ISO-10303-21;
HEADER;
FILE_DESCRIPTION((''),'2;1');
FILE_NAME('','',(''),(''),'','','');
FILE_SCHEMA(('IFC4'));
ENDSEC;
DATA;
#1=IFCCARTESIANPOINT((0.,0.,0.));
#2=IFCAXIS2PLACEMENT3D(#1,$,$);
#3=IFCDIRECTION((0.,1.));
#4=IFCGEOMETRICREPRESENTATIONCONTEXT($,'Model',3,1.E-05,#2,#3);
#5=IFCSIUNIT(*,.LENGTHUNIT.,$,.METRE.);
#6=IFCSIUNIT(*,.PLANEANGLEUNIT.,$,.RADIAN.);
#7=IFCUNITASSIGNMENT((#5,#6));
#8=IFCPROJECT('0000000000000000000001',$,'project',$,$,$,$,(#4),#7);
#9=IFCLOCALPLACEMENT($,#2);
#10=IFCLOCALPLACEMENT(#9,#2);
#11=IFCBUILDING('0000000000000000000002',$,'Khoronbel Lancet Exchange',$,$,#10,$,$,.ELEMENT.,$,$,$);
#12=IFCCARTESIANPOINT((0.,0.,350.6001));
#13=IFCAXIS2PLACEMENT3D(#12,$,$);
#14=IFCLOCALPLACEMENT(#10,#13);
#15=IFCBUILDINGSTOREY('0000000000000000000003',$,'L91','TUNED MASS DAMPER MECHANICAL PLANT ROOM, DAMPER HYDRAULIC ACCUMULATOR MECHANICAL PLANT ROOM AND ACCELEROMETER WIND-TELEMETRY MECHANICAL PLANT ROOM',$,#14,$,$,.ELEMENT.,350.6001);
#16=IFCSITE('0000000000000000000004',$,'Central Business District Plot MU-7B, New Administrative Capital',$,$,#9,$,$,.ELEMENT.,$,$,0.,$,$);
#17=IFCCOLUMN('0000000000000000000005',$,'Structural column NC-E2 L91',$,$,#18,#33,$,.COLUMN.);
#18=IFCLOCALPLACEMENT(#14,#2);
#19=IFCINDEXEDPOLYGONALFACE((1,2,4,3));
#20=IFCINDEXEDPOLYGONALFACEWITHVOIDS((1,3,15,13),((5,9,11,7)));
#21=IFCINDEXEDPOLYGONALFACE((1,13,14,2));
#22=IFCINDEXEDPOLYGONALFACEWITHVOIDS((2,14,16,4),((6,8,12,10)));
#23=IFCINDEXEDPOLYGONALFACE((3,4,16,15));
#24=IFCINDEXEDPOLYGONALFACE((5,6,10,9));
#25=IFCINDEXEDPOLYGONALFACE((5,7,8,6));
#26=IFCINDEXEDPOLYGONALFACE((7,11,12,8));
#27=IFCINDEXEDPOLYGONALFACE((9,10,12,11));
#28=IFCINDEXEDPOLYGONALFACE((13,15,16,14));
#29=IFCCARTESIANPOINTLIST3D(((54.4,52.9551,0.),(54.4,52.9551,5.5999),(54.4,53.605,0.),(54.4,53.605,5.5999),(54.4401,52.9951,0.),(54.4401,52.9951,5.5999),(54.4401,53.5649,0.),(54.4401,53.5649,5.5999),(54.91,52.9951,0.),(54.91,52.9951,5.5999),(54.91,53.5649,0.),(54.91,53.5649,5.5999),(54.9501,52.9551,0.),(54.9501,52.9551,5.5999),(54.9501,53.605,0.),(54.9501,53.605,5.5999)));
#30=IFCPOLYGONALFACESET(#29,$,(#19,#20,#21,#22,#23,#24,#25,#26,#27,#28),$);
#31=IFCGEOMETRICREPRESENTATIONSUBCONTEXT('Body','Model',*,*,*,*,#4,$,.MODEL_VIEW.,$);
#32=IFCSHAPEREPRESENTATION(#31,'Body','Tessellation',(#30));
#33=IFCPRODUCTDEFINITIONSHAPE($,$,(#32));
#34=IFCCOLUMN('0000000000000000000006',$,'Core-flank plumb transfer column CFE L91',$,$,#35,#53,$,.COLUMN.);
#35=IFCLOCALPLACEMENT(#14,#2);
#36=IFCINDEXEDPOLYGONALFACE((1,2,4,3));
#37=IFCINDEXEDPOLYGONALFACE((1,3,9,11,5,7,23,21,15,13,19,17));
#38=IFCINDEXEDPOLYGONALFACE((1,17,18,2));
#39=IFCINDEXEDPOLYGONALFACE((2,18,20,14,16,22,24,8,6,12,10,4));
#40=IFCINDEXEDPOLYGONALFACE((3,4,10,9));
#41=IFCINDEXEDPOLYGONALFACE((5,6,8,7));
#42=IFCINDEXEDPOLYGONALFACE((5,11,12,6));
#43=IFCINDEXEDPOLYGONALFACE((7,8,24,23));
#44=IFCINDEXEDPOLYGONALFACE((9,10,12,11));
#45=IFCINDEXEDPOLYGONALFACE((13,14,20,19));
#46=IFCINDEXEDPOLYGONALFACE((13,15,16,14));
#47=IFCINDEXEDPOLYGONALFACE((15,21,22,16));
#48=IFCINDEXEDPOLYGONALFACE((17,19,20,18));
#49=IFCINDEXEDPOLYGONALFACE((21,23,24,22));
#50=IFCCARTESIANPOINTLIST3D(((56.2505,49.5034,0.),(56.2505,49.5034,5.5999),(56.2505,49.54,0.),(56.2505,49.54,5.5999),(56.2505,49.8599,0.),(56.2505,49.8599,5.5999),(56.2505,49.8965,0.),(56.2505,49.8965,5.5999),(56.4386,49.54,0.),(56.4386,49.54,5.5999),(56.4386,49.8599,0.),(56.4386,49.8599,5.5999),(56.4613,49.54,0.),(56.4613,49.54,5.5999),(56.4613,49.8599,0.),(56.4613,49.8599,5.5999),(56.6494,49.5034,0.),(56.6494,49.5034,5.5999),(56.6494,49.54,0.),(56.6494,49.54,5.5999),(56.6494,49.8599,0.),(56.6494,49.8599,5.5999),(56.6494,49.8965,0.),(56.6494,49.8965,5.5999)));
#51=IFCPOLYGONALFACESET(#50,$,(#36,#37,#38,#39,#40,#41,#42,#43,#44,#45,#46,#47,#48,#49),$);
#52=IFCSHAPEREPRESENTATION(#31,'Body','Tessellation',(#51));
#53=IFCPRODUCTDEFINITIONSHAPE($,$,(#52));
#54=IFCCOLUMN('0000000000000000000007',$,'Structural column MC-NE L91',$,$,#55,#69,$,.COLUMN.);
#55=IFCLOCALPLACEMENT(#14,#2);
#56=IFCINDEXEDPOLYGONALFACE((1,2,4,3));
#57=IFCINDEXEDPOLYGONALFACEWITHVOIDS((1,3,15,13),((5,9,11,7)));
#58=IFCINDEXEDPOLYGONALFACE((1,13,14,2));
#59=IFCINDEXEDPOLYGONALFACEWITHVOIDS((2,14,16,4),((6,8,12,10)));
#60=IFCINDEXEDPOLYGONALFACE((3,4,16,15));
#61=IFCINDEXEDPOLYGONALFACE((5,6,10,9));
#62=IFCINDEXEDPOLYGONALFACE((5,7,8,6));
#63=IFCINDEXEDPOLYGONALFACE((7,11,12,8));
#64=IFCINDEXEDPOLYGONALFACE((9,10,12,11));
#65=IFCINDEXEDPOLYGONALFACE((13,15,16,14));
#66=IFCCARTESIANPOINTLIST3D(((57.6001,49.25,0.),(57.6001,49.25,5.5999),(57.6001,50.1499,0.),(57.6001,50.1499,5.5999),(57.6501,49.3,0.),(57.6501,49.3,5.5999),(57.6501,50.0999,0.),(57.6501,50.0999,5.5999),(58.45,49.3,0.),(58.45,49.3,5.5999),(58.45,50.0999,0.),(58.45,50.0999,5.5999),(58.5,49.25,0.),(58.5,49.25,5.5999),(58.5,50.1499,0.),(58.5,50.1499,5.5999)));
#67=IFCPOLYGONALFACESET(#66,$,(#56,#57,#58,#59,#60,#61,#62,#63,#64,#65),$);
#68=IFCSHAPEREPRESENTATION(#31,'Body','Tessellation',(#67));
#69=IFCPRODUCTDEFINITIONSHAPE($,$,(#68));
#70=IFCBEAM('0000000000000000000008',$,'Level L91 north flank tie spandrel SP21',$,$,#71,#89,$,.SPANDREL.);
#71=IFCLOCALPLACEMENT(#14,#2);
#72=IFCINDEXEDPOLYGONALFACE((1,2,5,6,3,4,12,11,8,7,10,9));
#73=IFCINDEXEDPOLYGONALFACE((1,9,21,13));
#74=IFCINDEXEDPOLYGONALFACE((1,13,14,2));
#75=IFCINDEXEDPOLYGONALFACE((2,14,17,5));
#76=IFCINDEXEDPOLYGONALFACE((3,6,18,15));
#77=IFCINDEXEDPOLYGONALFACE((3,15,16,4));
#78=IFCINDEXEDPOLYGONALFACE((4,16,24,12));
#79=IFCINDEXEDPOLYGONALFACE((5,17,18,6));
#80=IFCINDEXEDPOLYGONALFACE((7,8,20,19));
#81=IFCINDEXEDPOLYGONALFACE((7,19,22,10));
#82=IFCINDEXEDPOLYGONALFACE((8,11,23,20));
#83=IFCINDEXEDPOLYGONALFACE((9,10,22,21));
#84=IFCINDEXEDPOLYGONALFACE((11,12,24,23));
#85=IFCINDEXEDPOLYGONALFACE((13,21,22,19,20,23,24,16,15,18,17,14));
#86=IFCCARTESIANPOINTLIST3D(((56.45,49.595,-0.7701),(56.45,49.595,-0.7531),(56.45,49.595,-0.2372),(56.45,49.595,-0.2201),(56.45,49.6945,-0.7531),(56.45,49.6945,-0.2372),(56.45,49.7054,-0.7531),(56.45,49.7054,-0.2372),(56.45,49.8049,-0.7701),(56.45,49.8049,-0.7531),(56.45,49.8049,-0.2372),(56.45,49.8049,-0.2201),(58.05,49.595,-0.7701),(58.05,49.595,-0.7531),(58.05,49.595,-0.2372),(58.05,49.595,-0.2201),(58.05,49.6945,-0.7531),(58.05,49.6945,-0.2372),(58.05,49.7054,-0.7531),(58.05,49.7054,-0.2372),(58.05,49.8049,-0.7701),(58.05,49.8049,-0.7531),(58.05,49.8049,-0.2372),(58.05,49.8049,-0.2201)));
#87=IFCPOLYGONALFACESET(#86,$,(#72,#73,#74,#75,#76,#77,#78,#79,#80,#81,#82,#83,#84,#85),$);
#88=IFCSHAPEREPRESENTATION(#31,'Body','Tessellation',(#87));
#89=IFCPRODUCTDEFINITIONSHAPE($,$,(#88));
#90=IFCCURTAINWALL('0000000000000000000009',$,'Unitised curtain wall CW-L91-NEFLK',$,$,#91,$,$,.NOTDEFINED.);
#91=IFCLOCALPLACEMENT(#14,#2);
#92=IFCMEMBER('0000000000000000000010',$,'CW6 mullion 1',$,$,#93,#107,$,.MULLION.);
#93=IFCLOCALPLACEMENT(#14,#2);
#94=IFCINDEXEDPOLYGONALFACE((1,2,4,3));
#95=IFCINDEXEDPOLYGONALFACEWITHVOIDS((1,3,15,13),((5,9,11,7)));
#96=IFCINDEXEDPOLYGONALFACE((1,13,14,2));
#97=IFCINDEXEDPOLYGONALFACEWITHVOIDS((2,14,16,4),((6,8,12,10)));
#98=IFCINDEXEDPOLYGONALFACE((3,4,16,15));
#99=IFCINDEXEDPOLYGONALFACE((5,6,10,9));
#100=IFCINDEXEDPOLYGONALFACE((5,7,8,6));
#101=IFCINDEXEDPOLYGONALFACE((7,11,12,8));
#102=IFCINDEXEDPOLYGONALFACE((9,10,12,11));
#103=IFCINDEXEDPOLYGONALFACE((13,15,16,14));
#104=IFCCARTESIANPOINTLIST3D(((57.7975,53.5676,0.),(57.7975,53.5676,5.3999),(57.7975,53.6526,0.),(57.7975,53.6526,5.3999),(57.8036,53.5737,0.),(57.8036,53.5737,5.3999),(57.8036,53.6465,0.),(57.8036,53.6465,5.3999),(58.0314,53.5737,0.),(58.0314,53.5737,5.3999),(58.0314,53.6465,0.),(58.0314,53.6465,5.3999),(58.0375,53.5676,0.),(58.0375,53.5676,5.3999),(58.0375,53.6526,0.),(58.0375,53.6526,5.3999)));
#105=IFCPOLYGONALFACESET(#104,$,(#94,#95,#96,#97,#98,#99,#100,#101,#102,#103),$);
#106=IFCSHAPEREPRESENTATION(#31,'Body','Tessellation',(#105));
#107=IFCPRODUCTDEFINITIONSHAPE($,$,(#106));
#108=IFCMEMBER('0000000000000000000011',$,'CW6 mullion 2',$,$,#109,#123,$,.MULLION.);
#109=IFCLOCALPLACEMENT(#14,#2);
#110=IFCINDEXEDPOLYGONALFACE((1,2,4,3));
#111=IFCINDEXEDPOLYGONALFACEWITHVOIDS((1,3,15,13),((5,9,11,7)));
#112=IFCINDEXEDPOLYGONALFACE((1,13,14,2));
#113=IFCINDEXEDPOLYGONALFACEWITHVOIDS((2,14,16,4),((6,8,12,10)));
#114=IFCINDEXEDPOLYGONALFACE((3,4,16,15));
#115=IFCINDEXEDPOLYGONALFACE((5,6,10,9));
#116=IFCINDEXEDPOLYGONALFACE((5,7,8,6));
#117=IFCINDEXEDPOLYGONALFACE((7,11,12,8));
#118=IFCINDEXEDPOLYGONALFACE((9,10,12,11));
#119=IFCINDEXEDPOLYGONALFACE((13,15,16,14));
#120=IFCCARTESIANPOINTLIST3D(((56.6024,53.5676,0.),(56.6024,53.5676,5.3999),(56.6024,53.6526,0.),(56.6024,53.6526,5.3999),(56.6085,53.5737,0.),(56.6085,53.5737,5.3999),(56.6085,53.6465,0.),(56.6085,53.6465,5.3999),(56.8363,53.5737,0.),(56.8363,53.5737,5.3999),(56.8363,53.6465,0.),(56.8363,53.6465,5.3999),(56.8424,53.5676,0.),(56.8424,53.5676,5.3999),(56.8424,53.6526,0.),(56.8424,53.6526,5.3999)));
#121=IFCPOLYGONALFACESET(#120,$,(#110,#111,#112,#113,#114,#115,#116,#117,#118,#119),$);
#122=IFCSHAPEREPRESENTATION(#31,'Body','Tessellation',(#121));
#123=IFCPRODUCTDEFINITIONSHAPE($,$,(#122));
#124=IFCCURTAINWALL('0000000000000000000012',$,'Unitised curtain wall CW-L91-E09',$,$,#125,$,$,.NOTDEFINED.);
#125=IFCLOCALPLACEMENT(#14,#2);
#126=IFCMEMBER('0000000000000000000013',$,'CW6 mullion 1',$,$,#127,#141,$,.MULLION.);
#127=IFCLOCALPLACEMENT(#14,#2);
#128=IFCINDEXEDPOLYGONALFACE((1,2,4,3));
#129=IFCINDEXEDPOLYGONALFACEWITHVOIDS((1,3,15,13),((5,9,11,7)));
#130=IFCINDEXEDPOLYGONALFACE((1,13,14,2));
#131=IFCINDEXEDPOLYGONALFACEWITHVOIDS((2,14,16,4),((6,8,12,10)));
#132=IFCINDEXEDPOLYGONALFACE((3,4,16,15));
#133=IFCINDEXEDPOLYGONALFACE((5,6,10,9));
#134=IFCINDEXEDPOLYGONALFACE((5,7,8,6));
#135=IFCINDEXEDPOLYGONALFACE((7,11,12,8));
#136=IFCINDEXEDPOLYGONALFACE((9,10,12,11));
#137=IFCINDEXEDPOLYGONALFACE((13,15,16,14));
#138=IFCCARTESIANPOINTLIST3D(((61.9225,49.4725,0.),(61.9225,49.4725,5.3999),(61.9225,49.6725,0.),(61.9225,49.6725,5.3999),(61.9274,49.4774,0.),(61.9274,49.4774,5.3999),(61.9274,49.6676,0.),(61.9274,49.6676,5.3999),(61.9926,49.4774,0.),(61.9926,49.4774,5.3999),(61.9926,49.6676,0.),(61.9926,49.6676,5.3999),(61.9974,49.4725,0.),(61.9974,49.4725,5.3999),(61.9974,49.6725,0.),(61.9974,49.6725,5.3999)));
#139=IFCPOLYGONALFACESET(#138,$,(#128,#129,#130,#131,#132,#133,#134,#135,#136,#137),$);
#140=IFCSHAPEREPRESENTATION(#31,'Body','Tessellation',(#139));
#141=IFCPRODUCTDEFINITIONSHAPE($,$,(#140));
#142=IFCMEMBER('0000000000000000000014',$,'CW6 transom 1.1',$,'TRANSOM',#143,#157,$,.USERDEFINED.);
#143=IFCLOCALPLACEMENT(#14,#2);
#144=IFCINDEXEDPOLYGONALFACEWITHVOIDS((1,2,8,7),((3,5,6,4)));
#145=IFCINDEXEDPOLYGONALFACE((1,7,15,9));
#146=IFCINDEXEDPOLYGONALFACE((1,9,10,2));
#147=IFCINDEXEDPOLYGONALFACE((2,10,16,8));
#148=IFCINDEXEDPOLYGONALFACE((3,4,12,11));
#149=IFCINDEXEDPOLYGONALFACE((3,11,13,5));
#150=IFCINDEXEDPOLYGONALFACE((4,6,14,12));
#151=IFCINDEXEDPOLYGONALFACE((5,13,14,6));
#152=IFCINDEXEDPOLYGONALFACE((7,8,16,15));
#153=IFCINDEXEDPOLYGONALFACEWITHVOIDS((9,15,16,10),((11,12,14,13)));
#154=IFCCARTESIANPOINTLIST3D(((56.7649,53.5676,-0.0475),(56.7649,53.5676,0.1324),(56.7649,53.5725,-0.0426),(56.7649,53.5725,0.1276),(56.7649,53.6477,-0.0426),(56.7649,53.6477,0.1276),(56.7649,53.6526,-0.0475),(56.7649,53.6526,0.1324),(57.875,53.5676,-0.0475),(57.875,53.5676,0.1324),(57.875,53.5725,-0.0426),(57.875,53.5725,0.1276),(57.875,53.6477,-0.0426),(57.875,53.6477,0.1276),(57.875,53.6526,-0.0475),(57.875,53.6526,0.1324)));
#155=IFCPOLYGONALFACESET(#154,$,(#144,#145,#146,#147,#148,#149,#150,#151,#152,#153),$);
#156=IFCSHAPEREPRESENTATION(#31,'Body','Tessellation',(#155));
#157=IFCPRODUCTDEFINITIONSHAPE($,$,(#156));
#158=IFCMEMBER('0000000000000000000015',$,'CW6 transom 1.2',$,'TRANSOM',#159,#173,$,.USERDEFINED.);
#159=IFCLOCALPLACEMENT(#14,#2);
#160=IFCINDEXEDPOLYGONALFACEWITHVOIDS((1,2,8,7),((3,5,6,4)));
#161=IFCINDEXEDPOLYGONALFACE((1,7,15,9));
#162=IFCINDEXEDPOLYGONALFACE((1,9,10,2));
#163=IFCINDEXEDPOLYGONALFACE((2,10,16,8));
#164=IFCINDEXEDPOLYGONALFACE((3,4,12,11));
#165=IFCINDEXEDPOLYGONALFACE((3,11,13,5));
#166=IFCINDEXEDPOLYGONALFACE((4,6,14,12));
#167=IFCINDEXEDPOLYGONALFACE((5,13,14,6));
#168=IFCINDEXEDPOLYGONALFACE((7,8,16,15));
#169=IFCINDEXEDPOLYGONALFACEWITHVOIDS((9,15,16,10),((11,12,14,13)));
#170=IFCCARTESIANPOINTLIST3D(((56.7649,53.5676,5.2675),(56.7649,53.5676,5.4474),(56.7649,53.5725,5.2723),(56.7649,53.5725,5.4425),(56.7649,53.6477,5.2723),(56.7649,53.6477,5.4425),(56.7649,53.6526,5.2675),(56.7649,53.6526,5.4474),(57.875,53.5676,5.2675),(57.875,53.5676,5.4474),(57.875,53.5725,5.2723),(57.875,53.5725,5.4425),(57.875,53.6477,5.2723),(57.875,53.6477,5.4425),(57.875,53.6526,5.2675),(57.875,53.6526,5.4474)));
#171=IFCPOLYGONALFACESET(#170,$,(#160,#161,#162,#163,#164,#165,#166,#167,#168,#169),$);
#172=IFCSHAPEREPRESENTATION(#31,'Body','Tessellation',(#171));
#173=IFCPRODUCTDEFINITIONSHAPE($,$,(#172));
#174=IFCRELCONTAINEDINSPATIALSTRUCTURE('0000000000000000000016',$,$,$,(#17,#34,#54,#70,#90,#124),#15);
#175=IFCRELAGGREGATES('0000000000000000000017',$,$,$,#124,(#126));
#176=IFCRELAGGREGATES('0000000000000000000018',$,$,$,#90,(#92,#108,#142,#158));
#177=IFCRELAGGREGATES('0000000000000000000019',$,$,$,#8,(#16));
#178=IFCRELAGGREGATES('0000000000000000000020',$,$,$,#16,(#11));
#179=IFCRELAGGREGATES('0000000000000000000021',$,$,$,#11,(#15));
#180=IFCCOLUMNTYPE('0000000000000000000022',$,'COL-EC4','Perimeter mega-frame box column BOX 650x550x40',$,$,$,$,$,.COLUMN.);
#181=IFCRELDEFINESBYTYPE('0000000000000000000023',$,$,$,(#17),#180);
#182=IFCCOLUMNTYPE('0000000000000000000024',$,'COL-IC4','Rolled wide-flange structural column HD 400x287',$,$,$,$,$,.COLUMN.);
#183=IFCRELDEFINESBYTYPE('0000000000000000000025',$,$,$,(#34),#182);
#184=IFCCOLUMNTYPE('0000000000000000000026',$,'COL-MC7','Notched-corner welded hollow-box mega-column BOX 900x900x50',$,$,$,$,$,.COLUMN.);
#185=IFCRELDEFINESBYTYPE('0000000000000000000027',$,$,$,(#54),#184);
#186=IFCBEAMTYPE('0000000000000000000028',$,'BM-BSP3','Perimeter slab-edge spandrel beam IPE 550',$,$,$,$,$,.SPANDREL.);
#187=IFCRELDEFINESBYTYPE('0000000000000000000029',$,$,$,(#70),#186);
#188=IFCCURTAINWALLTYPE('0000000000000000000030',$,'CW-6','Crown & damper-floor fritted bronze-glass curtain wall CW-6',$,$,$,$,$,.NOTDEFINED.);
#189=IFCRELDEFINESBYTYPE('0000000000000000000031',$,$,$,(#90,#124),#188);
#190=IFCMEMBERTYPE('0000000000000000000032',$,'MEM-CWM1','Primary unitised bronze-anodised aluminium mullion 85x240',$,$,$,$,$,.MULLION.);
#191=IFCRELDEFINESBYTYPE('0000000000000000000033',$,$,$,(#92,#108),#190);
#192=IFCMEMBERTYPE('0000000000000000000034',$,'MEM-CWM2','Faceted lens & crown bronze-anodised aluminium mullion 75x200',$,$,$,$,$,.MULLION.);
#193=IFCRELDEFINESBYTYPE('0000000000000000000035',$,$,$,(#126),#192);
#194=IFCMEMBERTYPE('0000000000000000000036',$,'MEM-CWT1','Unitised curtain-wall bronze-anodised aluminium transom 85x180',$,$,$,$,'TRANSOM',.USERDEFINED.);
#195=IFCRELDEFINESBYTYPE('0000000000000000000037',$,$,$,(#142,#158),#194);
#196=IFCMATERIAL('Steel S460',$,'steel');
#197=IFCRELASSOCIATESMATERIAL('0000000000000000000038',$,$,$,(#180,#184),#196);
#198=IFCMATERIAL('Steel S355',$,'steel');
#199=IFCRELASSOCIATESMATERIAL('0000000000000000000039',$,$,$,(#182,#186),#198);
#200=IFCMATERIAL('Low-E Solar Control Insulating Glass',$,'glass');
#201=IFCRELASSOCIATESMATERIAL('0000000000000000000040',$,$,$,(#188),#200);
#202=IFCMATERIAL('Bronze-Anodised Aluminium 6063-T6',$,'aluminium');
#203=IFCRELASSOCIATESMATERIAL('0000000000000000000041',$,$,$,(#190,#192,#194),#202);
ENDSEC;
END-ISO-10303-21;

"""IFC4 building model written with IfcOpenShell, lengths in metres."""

from ifc_helpers import new_model, si_unit, direction, frame, origin, origin_2d, place, context, subcontext, project, spatial, hollow_rectangle, i_section, extrude, material, material_profile, profile_set, type_object, element, aggregate, save


model = new_model("IFC4")

# Units and contexts
model_context = context("Model", 3, precision=1e-05, world=origin(), true_north=direction((0.0, 1.0)))
body_context = subcontext(model_context, "Body", "Model", "MODEL_VIEW")
ifc_project = project(units=[si_unit("LENGTHUNIT", "METRE"), si_unit("PLANEANGLEUNIT", "RADIAN")], contexts=[model_context])

# Site, building, storey
site_placement = place(None, origin())
site = spatial("IfcSite", under=ifc_project, at=site_placement, Name="Central Business District Plot MU-7B, New Administrative Capital", CompositionType="ELEMENT", RefElevation=0.0)
building_placement = place(site_placement, origin())
building = spatial("IfcBuilding", under=site, at=building_placement, Name="Khoronbel Lancet Exchange", CompositionType="ELEMENT")
storey_placement = place(building_placement, frame((0.0, 0.0, 350.6001)))
storey = spatial("IfcBuildingStorey", under=building, at=storey_placement, Name="L91", Description="TUNED MASS DAMPER MECHANICAL PLANT ROOM, DAMPER HYDRAULIC ACCUMULATOR MECHANICAL PLANT ROOM AND ACCELEROMETER WIND-TELEMETRY MECHANICAL PLANT ROOM", CompositionType="ELEMENT", Elevation=350.6001)

# Columns
ifc_material_1 = material(Name="Steel S460", Category="steel")
ifc_material_profile_1 = material_profile(ifc_material_1, hollow_rectangle(XDim=0.55, YDim=0.6499, WallThickness=0.04, at=origin_2d()), Name="BOX 650x550x40")
ifc_profile_set_1 = profile_set([ifc_material_profile_1], Name="Steel S460")
column_type_1 = type_object("IfcColumnType", Name="COL-EC4", Description="Perimeter mega-frame box column BOX 650x550x40", PredefinedType="COLUMN", material=ifc_profile_set_1)
column_1_placement = place(storey_placement, frame((54.675, 53.28, 0.0), z_axis=(0.0, 0.0, 1.0), x_axis=(1.0, 0.0, 0.0)))
element("IfcColumn", 1, at=column_1_placement, inside=storey, type_object=column_type_1, Name="Structural column NC-E2 L91", PredefinedType="COLUMN", context=body_context, shape_type="SweptSolid", body=[
    extrude(hollow_rectangle(XDim=0.55, YDim=0.6499, WallThickness=0.04, at=origin_2d()), origin(), (0.0, 0.0, 1.0), 5.5999),
])
ifc_material_2 = material(Name="Steel S355", Category="steel")
ifc_material_profile_2 = material_profile(ifc_material_2, i_section(OverallWidth=0.3989, OverallDepth=0.3931, WebThickness=0.0227, FlangeThickness=0.0366, at=origin_2d()), Name="HD 400x287")
ifc_profile_set_2 = profile_set([ifc_material_profile_2], Name="Steel S355")
column_type_2 = type_object("IfcColumnType", Name="COL-IC4", Description="Rolled wide-flange structural column HD 400x287", PredefinedType="COLUMN", material=ifc_profile_set_2)
column_2_placement = place(storey_placement, frame((56.45, 49.7, 0.0), z_axis=(0.0, 0.0, 1.0), x_axis=(1.0, 0.0, 0.0)))
element("IfcColumn", 2, at=column_2_placement, inside=storey, type_object=column_type_2, Name="Core-flank plumb transfer column CFE L91", PredefinedType="COLUMN", context=body_context, shape_type="SweptSolid", body=[
    extrude(i_section(OverallWidth=0.3989, OverallDepth=0.3931, WebThickness=0.0227, FlangeThickness=0.0366, at=origin_2d()), origin(), (0.0, 0.0, 1.0), 5.5999),
])
ifc_material_profile_3 = material_profile(ifc_material_1, hollow_rectangle(XDim=0.8999, YDim=0.8999, WallThickness=0.05, at=origin_2d()), Name="BOX 900x900x50")
ifc_profile_set_3 = profile_set([ifc_material_profile_3], Name="Steel S460")
column_type_3 = type_object("IfcColumnType", Name="COL-MC7", Description="Notched-corner welded hollow-box mega-column BOX 900x900x50", PredefinedType="COLUMN", material=ifc_profile_set_3)
column_3_placement = place(storey_placement, frame((58.05, 49.7, 0.0), z_axis=(0.0, 0.0, 1.0), x_axis=(1.0, 0.0, 0.0)))
element("IfcColumn", 3, at=column_3_placement, inside=storey, type_object=column_type_3, Name="Structural column MC-NE L91", PredefinedType="COLUMN", context=body_context, shape_type="SweptSolid", body=[
    extrude(hollow_rectangle(XDim=0.8999, YDim=0.8999, WallThickness=0.05, at=origin_2d()), origin(), (0.0, 0.0, 1.0), 5.5999),
])

# Beam
ifc_material_profile_4 = material_profile(ifc_material_2, i_section(OverallWidth=0.21, OverallDepth=0.55, WebThickness=0.011, FlangeThickness=0.0171, at=origin_2d()), Name="IPE 550")
ifc_profile_set_4 = profile_set([ifc_material_profile_4], Name="Steel S355")
beam_type = type_object("IfcBeamType", Name="BM-BSP3", Description="Perimeter slab-edge spandrel beam IPE 550", PredefinedType="SPANDREL", material=ifc_profile_set_4)
beam_placement = place(storey_placement, frame((58.05, 49.7, -0.4951), z_axis=(-1.0, 0.0, 0.0), x_axis=(0.0, -1.0, 0.0)))
element("IfcBeam", 4, at=beam_placement, inside=storey, type_object=beam_type, Name="Level L91 north flank tie spandrel SP21", PredefinedType="SPANDREL", context=body_context, shape_type="SweptSolid", body=[
    extrude(i_section(OverallWidth=0.21, OverallDepth=0.55, WebThickness=0.011, FlangeThickness=0.0171, at=origin_2d()), origin(), (0.0, 0.0, 1.0), 1.6001),
])

# Curtain wall, members
ifc_material_3 = material(Name="Low-E Solar Control Insulating Glass", Category="glass")
curtain_wall_type = type_object("IfcCurtainWallType", Name="CW-6", Description="Crown & damper-floor fritted bronze-glass curtain wall CW-6", PredefinedType="NOTDEFINED", material=ifc_material_3)
curtain_wall_1_placement = place(storey_placement, origin())
curtain_wall_1 = element("IfcCurtainWall", 5, at=curtain_wall_1_placement, inside=storey, type_object=curtain_wall_type, Name="Unitised curtain wall CW-L91-NEFLK", PredefinedType="NOTDEFINED")
ifc_material_4 = material(Name="Bronze-Anodised Aluminium 6063-T6", Category="aluminium")
ifc_material_profile_5 = material_profile(ifc_material_4, hollow_rectangle(XDim=0.085, YDim=0.24, WallThickness=0.0061, at=origin_2d()), Name="ALU MULLION 85x240")
ifc_profile_set_5 = profile_set([ifc_material_profile_5], Name="Bronze-Anodised Aluminium 6063-T6")
member_type_1 = type_object("IfcMemberType", Name="MEM-CWM1", Description="Primary unitised bronze-anodised aluminium mullion 85x240", PredefinedType="MULLION", material=ifc_profile_set_5)
member_1_placement = place(storey_placement, frame((57.9175, 53.6101, 0.0), z_axis=(0.0, 0.0, 1.0), x_axis=(0.0, -1.0, 0.0)))
member_1 = element("IfcMember", 6, at=member_1_placement, type_object=member_type_1, Name="CW6 mullion 1", PredefinedType="MULLION", context=body_context, shape_type="SweptSolid", body=[
    extrude(hollow_rectangle(XDim=0.085, YDim=0.24, WallThickness=0.0061, at=origin_2d()), origin(), (0.0, 0.0, 1.0), 5.3999),
])
member_2_placement = place(storey_placement, frame((56.7224, 53.6101, 0.0), z_axis=(0.0, 0.0, 1.0), x_axis=(0.0, -1.0, 0.0)))
member_2 = element("IfcMember", 7, at=member_2_placement, type_object=member_type_1, Name="CW6 mullion 2", PredefinedType="MULLION", context=body_context, shape_type="SweptSolid", body=[
    extrude(hollow_rectangle(XDim=0.085, YDim=0.24, WallThickness=0.0061, at=origin_2d()), origin(), (0.0, 0.0, 1.0), 5.3999),
])

# Curtain wall, member
curtain_wall_2_placement = place(storey_placement, origin())
curtain_wall_2 = element("IfcCurtainWall", 8, at=curtain_wall_2_placement, inside=storey, type_object=curtain_wall_type, Name="Unitised curtain wall CW-L91-E09", PredefinedType="NOTDEFINED")
ifc_material_profile_6 = material_profile(ifc_material_4, hollow_rectangle(XDim=0.075, YDim=0.2, WallThickness=0.0049, at=origin_2d()), Name="ALU MULLION 75x200")
ifc_profile_set_6 = profile_set([ifc_material_profile_6], Name="Bronze-Anodised Aluminium 6063-T6")
member_type_2 = type_object("IfcMemberType", Name="MEM-CWM2", Description="Faceted lens & crown bronze-anodised aluminium mullion 75x200", PredefinedType="MULLION", material=ifc_profile_set_6)
member_3_placement = place(storey_placement, frame((61.96, 49.5725, 0.0), z_axis=(0.0, 0.0, 1.0), x_axis=(1.0, 0.0, 0.0)))
member_3 = element("IfcMember", 9, at=member_3_placement, type_object=member_type_2, Name="CW6 mullion 1", PredefinedType="MULLION", context=body_context, shape_type="SweptSolid", body=[
    extrude(hollow_rectangle(XDim=0.075, YDim=0.2, WallThickness=0.0049, at=origin_2d()), origin(), (0.0, 0.0, 1.0), 5.3999),
])

# Members
ifc_material_profile_7 = material_profile(ifc_material_4, hollow_rectangle(XDim=0.085, YDim=0.1799, WallThickness=0.0049, at=origin_2d()), Name="ALU TRANSOM 85x180")
ifc_profile_set_7 = profile_set([ifc_material_profile_7], Name="Bronze-Anodised Aluminium 6063-T6")
member_type_3 = type_object("IfcMemberType", Name="MEM-CWT1", Description="Unitised curtain-wall bronze-anodised aluminium transom 85x180", ElementType="TRANSOM", PredefinedType="USERDEFINED", material=ifc_profile_set_7)
member_4_placement = place(storey_placement, frame((57.875, 53.6101, 0.0425), z_axis=(-1.0, 0.0, 0.0), x_axis=(0.0, -1.0, 0.0)))
member_4 = element("IfcMember", 10, at=member_4_placement, type_object=member_type_3, Name="CW6 transom 1.1", ObjectType="TRANSOM", PredefinedType="USERDEFINED", context=body_context, shape_type="SweptSolid", body=[
    extrude(hollow_rectangle(XDim=0.085, YDim=0.1799, WallThickness=0.0049, at=origin_2d()), origin(), (0.0, 0.0, 1.0), 1.1101),
])
member_5_placement = place(storey_placement, frame((57.875, 53.6101, 5.3574), z_axis=(-1.0, 0.0, 0.0), x_axis=(0.0, -1.0, 0.0)))
member_5 = element("IfcMember", 11, at=member_5_placement, type_object=member_type_3, Name="CW6 transom 1.2", ObjectType="TRANSOM", PredefinedType="USERDEFINED", context=body_context, shape_type="SweptSolid", body=[
    extrude(hollow_rectangle(XDim=0.085, YDim=0.1799, WallThickness=0.0049, at=origin_2d()), origin(), (0.0, 0.0, 1.0), 1.1101),
])
aggregate(curtain_wall_2, [member_3])

aggregate(curtain_wall_1, [member_1, member_2, member_4, member_5])

save(model, "model.ifc")
